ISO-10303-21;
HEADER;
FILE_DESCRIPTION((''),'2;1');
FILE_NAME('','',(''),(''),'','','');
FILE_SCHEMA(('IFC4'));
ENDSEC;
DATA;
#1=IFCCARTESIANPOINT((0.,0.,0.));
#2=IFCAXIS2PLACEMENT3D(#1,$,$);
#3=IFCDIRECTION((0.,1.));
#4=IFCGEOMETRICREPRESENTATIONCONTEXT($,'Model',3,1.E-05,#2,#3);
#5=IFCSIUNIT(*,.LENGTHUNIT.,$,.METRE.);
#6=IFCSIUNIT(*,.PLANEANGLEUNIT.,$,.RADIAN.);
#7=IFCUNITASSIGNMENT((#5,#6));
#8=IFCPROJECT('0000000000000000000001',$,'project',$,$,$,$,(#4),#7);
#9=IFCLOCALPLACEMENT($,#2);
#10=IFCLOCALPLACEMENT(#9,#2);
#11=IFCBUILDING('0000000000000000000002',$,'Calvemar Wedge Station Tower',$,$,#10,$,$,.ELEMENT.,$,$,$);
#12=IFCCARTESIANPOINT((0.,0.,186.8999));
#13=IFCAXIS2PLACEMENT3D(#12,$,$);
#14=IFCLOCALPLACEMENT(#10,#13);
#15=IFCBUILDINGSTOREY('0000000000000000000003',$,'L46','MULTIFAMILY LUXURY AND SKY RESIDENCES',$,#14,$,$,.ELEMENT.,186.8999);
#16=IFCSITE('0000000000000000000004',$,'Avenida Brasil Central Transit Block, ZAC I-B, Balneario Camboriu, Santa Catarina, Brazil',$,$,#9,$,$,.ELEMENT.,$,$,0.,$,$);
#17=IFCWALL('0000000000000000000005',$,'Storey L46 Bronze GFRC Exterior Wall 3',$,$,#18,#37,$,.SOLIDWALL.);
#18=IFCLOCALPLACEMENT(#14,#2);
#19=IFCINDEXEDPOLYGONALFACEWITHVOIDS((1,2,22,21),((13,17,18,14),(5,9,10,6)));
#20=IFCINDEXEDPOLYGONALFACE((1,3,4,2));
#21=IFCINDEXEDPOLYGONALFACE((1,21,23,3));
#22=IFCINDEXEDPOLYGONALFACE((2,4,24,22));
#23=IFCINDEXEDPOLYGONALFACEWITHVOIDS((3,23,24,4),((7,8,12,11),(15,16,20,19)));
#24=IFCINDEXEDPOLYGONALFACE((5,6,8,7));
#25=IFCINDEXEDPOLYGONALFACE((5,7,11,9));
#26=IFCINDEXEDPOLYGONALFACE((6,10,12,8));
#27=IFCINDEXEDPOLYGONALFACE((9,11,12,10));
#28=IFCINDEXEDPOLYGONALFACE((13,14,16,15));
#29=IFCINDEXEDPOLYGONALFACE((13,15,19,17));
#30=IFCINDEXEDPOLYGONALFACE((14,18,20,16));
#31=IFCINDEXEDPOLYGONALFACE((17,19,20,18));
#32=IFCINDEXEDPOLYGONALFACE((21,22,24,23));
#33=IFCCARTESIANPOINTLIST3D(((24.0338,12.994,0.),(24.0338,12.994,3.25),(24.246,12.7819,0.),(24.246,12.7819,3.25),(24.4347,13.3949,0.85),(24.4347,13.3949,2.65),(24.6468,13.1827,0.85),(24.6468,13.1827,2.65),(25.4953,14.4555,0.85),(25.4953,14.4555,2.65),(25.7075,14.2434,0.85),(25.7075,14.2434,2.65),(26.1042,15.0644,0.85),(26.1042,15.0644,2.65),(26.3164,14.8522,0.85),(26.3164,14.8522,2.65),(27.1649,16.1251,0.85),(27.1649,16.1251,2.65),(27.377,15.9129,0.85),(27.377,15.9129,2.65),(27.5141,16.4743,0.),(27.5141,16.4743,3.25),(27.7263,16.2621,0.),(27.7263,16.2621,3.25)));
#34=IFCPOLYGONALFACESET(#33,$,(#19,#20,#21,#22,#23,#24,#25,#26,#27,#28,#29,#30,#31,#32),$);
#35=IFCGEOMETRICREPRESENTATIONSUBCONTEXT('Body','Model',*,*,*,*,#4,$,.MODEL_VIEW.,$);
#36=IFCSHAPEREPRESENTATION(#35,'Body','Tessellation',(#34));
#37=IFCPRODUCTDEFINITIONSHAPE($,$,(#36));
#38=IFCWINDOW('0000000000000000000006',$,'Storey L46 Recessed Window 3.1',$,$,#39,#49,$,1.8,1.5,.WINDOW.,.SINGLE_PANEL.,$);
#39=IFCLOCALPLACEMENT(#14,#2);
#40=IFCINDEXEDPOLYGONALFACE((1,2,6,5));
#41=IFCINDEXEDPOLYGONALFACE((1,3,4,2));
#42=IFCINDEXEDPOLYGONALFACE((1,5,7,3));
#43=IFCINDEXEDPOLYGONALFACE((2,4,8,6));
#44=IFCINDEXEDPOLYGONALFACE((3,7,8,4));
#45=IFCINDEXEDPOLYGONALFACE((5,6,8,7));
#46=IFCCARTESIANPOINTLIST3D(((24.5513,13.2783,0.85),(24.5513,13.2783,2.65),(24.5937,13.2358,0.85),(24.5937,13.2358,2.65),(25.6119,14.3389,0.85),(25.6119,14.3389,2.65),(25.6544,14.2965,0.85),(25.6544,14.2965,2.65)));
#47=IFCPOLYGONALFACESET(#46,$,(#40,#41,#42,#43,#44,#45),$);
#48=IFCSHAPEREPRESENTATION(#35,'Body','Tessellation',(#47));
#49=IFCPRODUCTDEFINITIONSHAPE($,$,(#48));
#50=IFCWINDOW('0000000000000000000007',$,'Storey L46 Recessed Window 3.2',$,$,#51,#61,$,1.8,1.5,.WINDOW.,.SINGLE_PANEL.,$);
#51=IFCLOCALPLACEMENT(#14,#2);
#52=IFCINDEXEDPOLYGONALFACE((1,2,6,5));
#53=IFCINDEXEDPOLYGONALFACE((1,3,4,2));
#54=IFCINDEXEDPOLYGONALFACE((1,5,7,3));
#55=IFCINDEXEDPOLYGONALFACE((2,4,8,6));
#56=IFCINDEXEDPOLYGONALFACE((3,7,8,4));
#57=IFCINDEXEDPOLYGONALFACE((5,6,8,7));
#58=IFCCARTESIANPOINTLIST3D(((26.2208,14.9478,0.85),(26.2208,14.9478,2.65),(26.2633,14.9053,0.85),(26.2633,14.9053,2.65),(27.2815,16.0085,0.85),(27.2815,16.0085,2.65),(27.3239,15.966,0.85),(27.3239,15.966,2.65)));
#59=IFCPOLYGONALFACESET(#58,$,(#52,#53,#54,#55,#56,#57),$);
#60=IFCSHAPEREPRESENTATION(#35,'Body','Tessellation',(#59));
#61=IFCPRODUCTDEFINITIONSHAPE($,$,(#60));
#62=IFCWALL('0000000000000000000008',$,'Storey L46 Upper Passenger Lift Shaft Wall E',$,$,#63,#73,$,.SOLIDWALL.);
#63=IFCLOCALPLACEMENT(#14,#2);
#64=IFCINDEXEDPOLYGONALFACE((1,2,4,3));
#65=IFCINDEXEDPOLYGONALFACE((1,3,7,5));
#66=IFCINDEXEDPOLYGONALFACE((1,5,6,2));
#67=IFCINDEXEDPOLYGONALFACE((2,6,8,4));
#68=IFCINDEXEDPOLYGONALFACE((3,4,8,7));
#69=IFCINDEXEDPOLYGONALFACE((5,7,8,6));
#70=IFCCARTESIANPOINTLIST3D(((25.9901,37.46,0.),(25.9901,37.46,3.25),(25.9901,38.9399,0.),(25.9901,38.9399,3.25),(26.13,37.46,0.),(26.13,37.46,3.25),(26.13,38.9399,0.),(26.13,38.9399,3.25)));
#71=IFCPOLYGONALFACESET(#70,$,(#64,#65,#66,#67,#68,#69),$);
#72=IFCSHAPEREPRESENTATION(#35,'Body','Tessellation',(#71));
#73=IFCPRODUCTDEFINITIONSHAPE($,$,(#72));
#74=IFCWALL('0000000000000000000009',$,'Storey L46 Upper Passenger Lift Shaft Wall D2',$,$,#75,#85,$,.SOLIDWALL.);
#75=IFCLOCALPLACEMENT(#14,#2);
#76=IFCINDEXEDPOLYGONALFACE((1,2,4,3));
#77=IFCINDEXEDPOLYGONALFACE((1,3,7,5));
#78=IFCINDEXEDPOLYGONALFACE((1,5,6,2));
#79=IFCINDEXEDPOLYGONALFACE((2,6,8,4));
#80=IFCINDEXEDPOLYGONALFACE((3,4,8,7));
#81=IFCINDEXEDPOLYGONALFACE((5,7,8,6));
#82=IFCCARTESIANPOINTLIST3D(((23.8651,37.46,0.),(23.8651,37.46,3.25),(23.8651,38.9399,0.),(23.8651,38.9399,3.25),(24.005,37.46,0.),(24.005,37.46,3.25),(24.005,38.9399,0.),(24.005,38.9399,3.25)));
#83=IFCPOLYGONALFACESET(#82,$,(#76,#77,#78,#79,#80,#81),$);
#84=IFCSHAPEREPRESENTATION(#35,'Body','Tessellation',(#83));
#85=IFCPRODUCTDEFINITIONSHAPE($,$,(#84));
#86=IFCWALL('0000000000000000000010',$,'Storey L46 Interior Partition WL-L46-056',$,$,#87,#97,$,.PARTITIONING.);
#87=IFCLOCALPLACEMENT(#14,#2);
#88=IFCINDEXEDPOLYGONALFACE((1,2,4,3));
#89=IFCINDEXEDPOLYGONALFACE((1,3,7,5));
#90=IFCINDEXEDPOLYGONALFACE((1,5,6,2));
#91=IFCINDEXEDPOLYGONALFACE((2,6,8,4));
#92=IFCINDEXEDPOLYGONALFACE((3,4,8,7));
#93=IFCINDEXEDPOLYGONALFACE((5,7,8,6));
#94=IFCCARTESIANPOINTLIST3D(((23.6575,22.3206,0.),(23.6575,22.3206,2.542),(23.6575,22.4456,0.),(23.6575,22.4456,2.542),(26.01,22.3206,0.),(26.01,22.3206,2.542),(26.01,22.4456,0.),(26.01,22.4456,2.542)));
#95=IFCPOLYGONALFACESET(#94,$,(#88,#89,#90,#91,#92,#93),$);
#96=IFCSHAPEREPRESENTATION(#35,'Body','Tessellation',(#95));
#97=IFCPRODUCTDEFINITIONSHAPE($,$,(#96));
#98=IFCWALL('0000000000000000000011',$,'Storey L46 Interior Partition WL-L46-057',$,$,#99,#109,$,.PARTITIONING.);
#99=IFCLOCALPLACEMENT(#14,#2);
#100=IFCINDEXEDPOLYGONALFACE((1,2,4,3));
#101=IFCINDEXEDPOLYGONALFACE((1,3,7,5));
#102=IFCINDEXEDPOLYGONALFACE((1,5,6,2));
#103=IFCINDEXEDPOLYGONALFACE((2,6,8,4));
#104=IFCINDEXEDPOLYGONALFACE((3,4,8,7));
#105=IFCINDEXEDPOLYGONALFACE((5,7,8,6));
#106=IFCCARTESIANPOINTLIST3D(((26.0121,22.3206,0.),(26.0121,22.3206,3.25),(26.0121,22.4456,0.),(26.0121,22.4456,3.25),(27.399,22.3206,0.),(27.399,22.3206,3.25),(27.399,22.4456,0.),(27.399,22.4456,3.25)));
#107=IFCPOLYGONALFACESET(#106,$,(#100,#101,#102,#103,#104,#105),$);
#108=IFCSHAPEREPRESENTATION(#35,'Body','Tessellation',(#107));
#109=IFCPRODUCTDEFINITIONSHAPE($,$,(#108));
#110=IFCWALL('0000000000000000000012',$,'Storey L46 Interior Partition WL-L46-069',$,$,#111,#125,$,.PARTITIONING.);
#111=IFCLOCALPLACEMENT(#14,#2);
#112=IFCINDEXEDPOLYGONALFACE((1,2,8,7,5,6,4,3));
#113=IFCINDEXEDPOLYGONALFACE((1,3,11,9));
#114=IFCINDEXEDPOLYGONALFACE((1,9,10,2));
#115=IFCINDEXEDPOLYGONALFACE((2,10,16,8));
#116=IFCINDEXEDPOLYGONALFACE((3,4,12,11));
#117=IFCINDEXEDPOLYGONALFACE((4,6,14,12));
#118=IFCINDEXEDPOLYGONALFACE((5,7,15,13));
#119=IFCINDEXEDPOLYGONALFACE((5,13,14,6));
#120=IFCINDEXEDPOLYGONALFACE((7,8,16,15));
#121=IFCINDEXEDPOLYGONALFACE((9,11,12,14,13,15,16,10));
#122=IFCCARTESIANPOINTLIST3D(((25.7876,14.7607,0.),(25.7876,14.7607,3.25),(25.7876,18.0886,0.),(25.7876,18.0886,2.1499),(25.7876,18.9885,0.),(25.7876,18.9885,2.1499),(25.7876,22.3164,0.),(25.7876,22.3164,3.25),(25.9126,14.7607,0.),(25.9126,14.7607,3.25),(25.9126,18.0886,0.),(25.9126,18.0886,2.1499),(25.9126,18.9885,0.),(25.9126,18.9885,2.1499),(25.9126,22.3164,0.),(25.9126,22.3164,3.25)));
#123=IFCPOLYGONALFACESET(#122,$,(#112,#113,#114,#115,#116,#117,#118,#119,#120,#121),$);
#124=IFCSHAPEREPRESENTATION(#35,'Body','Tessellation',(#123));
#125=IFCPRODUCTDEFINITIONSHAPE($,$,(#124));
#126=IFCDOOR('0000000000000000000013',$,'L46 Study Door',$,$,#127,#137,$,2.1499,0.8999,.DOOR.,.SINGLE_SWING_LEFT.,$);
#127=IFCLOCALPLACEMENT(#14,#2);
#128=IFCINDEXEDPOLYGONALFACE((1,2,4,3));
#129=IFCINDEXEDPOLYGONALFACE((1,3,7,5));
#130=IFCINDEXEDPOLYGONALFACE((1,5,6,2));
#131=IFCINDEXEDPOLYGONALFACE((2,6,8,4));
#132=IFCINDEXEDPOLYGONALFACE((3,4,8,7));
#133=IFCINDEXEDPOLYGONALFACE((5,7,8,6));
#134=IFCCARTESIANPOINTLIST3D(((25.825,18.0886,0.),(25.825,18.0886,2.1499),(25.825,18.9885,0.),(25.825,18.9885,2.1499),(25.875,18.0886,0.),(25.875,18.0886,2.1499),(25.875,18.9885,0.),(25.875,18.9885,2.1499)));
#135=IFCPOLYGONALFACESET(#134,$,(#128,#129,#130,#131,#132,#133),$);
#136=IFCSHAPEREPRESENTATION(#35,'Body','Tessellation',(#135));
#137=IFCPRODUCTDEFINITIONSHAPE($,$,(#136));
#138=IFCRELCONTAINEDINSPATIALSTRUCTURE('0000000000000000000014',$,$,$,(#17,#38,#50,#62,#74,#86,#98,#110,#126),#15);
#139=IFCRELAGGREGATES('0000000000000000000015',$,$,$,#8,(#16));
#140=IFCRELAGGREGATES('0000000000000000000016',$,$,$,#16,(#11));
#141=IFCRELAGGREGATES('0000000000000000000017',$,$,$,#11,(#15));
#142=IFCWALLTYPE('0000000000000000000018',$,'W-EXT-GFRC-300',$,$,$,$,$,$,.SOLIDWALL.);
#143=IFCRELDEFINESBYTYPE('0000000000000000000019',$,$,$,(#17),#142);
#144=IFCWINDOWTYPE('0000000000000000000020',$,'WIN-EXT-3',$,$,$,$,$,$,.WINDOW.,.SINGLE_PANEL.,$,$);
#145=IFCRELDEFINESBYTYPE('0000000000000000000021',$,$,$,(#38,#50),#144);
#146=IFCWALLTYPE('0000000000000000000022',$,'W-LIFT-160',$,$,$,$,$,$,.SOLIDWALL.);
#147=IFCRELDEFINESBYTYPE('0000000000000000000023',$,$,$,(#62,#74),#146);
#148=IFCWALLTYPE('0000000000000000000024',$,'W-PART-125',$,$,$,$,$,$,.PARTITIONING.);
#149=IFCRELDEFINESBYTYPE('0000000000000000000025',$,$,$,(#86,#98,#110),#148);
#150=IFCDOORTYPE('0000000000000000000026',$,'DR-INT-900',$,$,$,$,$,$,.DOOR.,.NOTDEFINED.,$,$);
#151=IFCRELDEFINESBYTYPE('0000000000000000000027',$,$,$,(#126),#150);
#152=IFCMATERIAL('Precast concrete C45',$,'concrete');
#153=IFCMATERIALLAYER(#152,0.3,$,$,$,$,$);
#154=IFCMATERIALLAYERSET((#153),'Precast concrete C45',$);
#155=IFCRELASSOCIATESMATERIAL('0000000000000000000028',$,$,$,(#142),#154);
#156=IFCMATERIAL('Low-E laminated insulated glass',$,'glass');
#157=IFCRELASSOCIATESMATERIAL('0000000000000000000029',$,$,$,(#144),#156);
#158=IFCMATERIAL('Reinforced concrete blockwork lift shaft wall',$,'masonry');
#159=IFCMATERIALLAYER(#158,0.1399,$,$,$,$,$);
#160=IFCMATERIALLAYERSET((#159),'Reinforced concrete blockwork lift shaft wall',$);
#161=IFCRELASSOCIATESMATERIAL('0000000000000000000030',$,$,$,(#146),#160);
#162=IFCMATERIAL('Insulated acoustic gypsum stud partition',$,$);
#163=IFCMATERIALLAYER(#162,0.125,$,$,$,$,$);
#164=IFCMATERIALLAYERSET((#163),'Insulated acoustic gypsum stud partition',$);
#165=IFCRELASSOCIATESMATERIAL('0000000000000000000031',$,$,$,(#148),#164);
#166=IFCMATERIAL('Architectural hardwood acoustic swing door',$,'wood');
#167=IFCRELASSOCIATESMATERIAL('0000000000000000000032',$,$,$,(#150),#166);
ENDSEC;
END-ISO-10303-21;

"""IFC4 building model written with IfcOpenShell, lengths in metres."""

from ifc_helpers import new_model, si_unit, direction, frame, frame_2d, origin, place, context, subcontext, project, spatial, rectangle, extrude, source, transform, mapped, material, layer, layer_set, type_object, element, fill, save


model = new_model("IFC4")

# Units and contexts
model_context = context("Model", 3, precision=1e-05, world=origin(), true_north=direction((0.0, 1.0)))
body_context = subcontext(model_context, "Body", "Model", "MODEL_VIEW")
ifc_project = project(units=[si_unit("LENGTHUNIT", "METRE"), si_unit("PLANEANGLEUNIT", "RADIAN")], contexts=[model_context])

# Site, building, storey
site_placement = place(None, origin())
site = spatial("IfcSite", under=ifc_project, at=site_placement, Name="Avenida Brasil Central Transit Block, ZAC I-B, Balneario Camboriu, Santa Catarina, Brazil", CompositionType="ELEMENT", RefElevation=0.0)
building_placement = place(site_placement, origin())
building = spatial("IfcBuilding", under=site, at=building_placement, Name="Calvemar Wedge Station Tower", CompositionType="ELEMENT")
storey_placement = place(building_placement, frame((0.0, 0.0, 186.8999)))
storey = spatial("IfcBuildingStorey", under=building, at=storey_placement, Name="L46", Description="MULTIFAMILY LUXURY AND SKY RESIDENCES", CompositionType="ELEMENT", Elevation=186.8999)

# Shared definitions
ifc_material_1 = material(Name="Low-E laminated insulated glass", Category="glass")

# Wall, openings, windows
ifc_material_2 = material(Name="Precast concrete C45", Category="concrete")
ifc_layer_1 = layer(ifc_material_2, 0.3)
ifc_layer_set_1 = layer_set([ifc_layer_1], Name="Precast concrete C45")
wall_type_1 = type_object("IfcWallType", Name="W-EXT-GFRC-300", PredefinedType="SOLIDWALL", material=ifc_layer_set_1)
wall_1_placement = place(storey_placement, frame((24.1399, 12.8879, 0.0), z_axis=(0.0, 0.0, 1.0), x_axis=(0.707107, 0.707107, 0.0)))
wall_1 = element("IfcWall", 1, at=wall_1_placement, inside=storey, type_object=wall_type_1, Name="Storey L46 Bronze GFRC Exterior Wall 3", PredefinedType="SOLIDWALL", context=body_context, shape_type="SweptSolid", body=[
    extrude(rectangle(XDim=4.9219, YDim=0.3, at=frame_2d((2.4609, 0.0))), origin(), (0.0, 0.0, 1.0), 3.25),
])
shared_shape_1 = source(origin(), body_context, "Body", "SweptSolid", [
    extrude(rectangle(XDim=1.5, YDim=1.8, at=frame_2d((0.75, 0.8999))), frame((0.0, 0.1602, 0.0), z_axis=(0.0, -1.0, 0.0), x_axis=(1.0, 0.0, 0.0)), (0.0, 0.0, 1.0), 0.3201),
])
opening_1_placement = place(wall_1_placement, frame((0.5669, 0.0, 0.8501)))
opening_1 = element("IfcOpeningElement", 2, at=opening_1_placement, cuts=wall_1, PredefinedType="OPENING", context=body_context, shape_type="MappedRepresentation", body=[
    mapped(shared_shape_1, transform((0.0, 0.0, 0.0), scale=1.0)),
])
opening_2_placement = place(wall_1_placement, frame((2.928, 0.0, 0.8501)))
opening_2 = element("IfcOpeningElement", 3, at=opening_2_placement, cuts=wall_1, PredefinedType="OPENING", context=body_context, shape_type="MappedRepresentation", body=[
    mapped(shared_shape_1, transform((0.0, 0.0, 0.0), scale=1.0)),
])
window_type = type_object("IfcWindowType", Name="WIN-EXT-3", PartitioningType="SINGLE_PANEL", PredefinedType="WINDOW", material=ifc_material_1)
shared_shape_2 = source(origin(), body_context, "Body", "SweptSolid", [
    extrude(rectangle(XDim=1.5, YDim=1.8, at=frame_2d((0.75, 0.8999))), frame((0.0, -0.0149, 0.0), z_axis=(0.0, -1.0, 0.0), x_axis=(1.0, 0.0, 0.0)), (0.0, 0.0, 1.0), 0.0601),
])
window_1_placement = place(opening_1_placement, origin())
window_1 = element("IfcWindow", 4, at=window_1_placement, inside=storey, type_object=window_type, Name="Storey L46 Recessed Window 3.1", OverallHeight=1.8, OverallWidth=1.5, PartitioningType="SINGLE_PANEL", PredefinedType="WINDOW", context=body_context, shape_type="MappedRepresentation", body=[
    mapped(shared_shape_2, transform((0.0, 0.0, 0.0), scale=1.0)),
])
fill(opening_1, window_1)
window_2_placement = place(opening_2_placement, origin())
window_2 = element("IfcWindow", 5, at=window_2_placement, inside=storey, type_object=window_type, Name="Storey L46 Recessed Window 3.2", OverallHeight=1.8, OverallWidth=1.5, PartitioningType="SINGLE_PANEL", PredefinedType="WINDOW", context=body_context, shape_type="MappedRepresentation", body=[
    mapped(shared_shape_2, transform((0.0, 0.0, 0.0), scale=1.0)),
])
fill(opening_2, window_2)

# Walls
ifc_material_3 = material(Name="Reinforced concrete blockwork lift shaft wall", Category="masonry")
ifc_layer_2 = layer(ifc_material_3, 0.1399)
ifc_layer_set_2 = layer_set([ifc_layer_2], Name="Reinforced concrete blockwork lift shaft wall")
wall_type_2 = type_object("IfcWallType", Name="W-LIFT-160", PredefinedType="SOLIDWALL", material=ifc_layer_set_2)
for number, where, z_axis, x_axis, name in (
    (6, (26.0601, 37.46, 0.0), (0.0, 0.0, 1.0), (0.0, 1.0, 0.0), "Storey L46 Upper Passenger Lift Shaft Wall E"),
    (7, (23.9351, 37.46, 0.0), (0.0, 0.0, 1.0), (0.0, 1.0, 0.0), "Storey L46 Upper Passenger Lift Shaft Wall D2"),
):
    element("IfcWall", number, at=place(storey_placement, frame(where, z_axis=z_axis, x_axis=x_axis)), inside=storey, type_object=wall_type_2, Name=name, PredefinedType="SOLIDWALL", context=body_context, shape_type="SweptSolid", body=[
        extrude(rectangle(XDim=1.48, YDim=0.1399, at=frame_2d((0.74, 0.0))), origin(), (0.0, 0.0, 1.0), 3.25),
    ])
ifc_material_4 = material(Name="Insulated acoustic gypsum stud partition")
ifc_layer_3 = layer(ifc_material_4, 0.125)
ifc_layer_set_3 = layer_set([ifc_layer_3], Name="Insulated acoustic gypsum stud partition")
wall_type_3 = type_object("IfcWallType", Name="W-PART-125", PredefinedType="PARTITIONING", material=ifc_layer_set_3)
wall_2_placement = place(storey_placement, frame((26.01, 22.3831, 0.0), z_axis=(0.0, 0.0, 1.0), x_axis=(-1.0, 0.0, 0.0)))
element("IfcWall", 8, at=wall_2_placement, inside=storey, type_object=wall_type_3, Name="Storey L46 Interior Partition WL-L46-056", PredefinedType="PARTITIONING", context=body_context, shape_type="SweptSolid", body=[
    extrude(rectangle(XDim=2.3525, YDim=0.125, at=frame_2d((1.1763, 0.0))), origin(), (0.0, 0.0, 1.0), 2.542),
])
wall_3_placement = place(storey_placement, frame((27.3989, 22.3831, 0.0), z_axis=(0.0, 0.0, 1.0), x_axis=(-1.0, 0.0, 0.0)))
element("IfcWall", 9, at=wall_3_placement, inside=storey, type_object=wall_type_3, Name="Storey L46 Interior Partition WL-L46-057", PredefinedType="PARTITIONING", context=body_context, shape_type="SweptSolid", body=[
    extrude(rectangle(XDim=1.387, YDim=0.125, at=frame_2d((0.6934, 0.0))), origin(), (0.0, 0.0, 1.0), 3.25),
])

# Wall, opening, door
wall_4_placement = place(storey_placement, frame((25.8501, 22.3164, 0.0), z_axis=(0.0, 0.0, 1.0), x_axis=(0.0, -1.0, 0.0)))
wall_4 = element("IfcWall", 10, at=wall_4_placement, inside=storey, type_object=wall_type_3, Name="Storey L46 Interior Partition WL-L46-069", PredefinedType="PARTITIONING", context=body_context, shape_type="SweptSolid", body=[
    extrude(rectangle(XDim=7.5557, YDim=0.125, at=frame_2d((3.7778, 0.0))), origin(), (0.0, 0.0, 1.0), 3.25),
])
shared_shape_3 = source(origin(), body_context, "Body", "SweptSolid", [
    extrude(rectangle(XDim=0.8999, YDim=2.1499, at=frame_2d((0.45, 1.075))), frame((0.0, 0.0725, 0.0), z_axis=(0.0, -1.0, 0.0), x_axis=(1.0, 0.0, 0.0)), (0.0, 0.0, 1.0), 0.145),
])
opening_3_placement = place(wall_4_placement, frame((3.3279, 0.0, 0.0)))
opening_3 = element("IfcOpeningElement", 11, at=opening_3_placement, cuts=wall_4, PredefinedType="OPENING", context=body_context, shape_type="MappedRepresentation", body=[
    mapped(shared_shape_3, transform((0.0, 0.0, 0.0), scale=1.0)),
])
ifc_material_5 = material(Name="Architectural hardwood acoustic swing door", Category="wood")
door_type_1 = type_object("IfcDoorType", Name="DR-INT-900", OperationType="NOTDEFINED", PredefinedType="DOOR", material=ifc_material_5)
shared_shape_4 = source(origin(), body_context, "Body", "SweptSolid", [
    extrude(rectangle(XDim=0.8999, YDim=2.1499, at=frame_2d((0.45, 1.075))), frame((0.0, 0.0249, 0.0), z_axis=(0.0, -1.0, 0.0), x_axis=(1.0, 0.0, 0.0)), (0.0, 0.0, 1.0), 0.05),
])
door_1_placement = place(opening_3_placement, origin())
door_1 = element("IfcDoor", 12, at=door_1_placement, inside=storey, type_object=door_type_1, Name="L46 Study Door", OperationType="SINGLE_SWING_LEFT", OverallHeight=2.1499, OverallWidth=0.8999, PredefinedType="DOOR", context=body_context, shape_type="MappedRepresentation", body=[
    mapped(shared_shape_4, transform((0.0, 0.0, 0.0), scale=1.0)),
])
fill(opening_3, door_1)

save(model, "model.ifc")
